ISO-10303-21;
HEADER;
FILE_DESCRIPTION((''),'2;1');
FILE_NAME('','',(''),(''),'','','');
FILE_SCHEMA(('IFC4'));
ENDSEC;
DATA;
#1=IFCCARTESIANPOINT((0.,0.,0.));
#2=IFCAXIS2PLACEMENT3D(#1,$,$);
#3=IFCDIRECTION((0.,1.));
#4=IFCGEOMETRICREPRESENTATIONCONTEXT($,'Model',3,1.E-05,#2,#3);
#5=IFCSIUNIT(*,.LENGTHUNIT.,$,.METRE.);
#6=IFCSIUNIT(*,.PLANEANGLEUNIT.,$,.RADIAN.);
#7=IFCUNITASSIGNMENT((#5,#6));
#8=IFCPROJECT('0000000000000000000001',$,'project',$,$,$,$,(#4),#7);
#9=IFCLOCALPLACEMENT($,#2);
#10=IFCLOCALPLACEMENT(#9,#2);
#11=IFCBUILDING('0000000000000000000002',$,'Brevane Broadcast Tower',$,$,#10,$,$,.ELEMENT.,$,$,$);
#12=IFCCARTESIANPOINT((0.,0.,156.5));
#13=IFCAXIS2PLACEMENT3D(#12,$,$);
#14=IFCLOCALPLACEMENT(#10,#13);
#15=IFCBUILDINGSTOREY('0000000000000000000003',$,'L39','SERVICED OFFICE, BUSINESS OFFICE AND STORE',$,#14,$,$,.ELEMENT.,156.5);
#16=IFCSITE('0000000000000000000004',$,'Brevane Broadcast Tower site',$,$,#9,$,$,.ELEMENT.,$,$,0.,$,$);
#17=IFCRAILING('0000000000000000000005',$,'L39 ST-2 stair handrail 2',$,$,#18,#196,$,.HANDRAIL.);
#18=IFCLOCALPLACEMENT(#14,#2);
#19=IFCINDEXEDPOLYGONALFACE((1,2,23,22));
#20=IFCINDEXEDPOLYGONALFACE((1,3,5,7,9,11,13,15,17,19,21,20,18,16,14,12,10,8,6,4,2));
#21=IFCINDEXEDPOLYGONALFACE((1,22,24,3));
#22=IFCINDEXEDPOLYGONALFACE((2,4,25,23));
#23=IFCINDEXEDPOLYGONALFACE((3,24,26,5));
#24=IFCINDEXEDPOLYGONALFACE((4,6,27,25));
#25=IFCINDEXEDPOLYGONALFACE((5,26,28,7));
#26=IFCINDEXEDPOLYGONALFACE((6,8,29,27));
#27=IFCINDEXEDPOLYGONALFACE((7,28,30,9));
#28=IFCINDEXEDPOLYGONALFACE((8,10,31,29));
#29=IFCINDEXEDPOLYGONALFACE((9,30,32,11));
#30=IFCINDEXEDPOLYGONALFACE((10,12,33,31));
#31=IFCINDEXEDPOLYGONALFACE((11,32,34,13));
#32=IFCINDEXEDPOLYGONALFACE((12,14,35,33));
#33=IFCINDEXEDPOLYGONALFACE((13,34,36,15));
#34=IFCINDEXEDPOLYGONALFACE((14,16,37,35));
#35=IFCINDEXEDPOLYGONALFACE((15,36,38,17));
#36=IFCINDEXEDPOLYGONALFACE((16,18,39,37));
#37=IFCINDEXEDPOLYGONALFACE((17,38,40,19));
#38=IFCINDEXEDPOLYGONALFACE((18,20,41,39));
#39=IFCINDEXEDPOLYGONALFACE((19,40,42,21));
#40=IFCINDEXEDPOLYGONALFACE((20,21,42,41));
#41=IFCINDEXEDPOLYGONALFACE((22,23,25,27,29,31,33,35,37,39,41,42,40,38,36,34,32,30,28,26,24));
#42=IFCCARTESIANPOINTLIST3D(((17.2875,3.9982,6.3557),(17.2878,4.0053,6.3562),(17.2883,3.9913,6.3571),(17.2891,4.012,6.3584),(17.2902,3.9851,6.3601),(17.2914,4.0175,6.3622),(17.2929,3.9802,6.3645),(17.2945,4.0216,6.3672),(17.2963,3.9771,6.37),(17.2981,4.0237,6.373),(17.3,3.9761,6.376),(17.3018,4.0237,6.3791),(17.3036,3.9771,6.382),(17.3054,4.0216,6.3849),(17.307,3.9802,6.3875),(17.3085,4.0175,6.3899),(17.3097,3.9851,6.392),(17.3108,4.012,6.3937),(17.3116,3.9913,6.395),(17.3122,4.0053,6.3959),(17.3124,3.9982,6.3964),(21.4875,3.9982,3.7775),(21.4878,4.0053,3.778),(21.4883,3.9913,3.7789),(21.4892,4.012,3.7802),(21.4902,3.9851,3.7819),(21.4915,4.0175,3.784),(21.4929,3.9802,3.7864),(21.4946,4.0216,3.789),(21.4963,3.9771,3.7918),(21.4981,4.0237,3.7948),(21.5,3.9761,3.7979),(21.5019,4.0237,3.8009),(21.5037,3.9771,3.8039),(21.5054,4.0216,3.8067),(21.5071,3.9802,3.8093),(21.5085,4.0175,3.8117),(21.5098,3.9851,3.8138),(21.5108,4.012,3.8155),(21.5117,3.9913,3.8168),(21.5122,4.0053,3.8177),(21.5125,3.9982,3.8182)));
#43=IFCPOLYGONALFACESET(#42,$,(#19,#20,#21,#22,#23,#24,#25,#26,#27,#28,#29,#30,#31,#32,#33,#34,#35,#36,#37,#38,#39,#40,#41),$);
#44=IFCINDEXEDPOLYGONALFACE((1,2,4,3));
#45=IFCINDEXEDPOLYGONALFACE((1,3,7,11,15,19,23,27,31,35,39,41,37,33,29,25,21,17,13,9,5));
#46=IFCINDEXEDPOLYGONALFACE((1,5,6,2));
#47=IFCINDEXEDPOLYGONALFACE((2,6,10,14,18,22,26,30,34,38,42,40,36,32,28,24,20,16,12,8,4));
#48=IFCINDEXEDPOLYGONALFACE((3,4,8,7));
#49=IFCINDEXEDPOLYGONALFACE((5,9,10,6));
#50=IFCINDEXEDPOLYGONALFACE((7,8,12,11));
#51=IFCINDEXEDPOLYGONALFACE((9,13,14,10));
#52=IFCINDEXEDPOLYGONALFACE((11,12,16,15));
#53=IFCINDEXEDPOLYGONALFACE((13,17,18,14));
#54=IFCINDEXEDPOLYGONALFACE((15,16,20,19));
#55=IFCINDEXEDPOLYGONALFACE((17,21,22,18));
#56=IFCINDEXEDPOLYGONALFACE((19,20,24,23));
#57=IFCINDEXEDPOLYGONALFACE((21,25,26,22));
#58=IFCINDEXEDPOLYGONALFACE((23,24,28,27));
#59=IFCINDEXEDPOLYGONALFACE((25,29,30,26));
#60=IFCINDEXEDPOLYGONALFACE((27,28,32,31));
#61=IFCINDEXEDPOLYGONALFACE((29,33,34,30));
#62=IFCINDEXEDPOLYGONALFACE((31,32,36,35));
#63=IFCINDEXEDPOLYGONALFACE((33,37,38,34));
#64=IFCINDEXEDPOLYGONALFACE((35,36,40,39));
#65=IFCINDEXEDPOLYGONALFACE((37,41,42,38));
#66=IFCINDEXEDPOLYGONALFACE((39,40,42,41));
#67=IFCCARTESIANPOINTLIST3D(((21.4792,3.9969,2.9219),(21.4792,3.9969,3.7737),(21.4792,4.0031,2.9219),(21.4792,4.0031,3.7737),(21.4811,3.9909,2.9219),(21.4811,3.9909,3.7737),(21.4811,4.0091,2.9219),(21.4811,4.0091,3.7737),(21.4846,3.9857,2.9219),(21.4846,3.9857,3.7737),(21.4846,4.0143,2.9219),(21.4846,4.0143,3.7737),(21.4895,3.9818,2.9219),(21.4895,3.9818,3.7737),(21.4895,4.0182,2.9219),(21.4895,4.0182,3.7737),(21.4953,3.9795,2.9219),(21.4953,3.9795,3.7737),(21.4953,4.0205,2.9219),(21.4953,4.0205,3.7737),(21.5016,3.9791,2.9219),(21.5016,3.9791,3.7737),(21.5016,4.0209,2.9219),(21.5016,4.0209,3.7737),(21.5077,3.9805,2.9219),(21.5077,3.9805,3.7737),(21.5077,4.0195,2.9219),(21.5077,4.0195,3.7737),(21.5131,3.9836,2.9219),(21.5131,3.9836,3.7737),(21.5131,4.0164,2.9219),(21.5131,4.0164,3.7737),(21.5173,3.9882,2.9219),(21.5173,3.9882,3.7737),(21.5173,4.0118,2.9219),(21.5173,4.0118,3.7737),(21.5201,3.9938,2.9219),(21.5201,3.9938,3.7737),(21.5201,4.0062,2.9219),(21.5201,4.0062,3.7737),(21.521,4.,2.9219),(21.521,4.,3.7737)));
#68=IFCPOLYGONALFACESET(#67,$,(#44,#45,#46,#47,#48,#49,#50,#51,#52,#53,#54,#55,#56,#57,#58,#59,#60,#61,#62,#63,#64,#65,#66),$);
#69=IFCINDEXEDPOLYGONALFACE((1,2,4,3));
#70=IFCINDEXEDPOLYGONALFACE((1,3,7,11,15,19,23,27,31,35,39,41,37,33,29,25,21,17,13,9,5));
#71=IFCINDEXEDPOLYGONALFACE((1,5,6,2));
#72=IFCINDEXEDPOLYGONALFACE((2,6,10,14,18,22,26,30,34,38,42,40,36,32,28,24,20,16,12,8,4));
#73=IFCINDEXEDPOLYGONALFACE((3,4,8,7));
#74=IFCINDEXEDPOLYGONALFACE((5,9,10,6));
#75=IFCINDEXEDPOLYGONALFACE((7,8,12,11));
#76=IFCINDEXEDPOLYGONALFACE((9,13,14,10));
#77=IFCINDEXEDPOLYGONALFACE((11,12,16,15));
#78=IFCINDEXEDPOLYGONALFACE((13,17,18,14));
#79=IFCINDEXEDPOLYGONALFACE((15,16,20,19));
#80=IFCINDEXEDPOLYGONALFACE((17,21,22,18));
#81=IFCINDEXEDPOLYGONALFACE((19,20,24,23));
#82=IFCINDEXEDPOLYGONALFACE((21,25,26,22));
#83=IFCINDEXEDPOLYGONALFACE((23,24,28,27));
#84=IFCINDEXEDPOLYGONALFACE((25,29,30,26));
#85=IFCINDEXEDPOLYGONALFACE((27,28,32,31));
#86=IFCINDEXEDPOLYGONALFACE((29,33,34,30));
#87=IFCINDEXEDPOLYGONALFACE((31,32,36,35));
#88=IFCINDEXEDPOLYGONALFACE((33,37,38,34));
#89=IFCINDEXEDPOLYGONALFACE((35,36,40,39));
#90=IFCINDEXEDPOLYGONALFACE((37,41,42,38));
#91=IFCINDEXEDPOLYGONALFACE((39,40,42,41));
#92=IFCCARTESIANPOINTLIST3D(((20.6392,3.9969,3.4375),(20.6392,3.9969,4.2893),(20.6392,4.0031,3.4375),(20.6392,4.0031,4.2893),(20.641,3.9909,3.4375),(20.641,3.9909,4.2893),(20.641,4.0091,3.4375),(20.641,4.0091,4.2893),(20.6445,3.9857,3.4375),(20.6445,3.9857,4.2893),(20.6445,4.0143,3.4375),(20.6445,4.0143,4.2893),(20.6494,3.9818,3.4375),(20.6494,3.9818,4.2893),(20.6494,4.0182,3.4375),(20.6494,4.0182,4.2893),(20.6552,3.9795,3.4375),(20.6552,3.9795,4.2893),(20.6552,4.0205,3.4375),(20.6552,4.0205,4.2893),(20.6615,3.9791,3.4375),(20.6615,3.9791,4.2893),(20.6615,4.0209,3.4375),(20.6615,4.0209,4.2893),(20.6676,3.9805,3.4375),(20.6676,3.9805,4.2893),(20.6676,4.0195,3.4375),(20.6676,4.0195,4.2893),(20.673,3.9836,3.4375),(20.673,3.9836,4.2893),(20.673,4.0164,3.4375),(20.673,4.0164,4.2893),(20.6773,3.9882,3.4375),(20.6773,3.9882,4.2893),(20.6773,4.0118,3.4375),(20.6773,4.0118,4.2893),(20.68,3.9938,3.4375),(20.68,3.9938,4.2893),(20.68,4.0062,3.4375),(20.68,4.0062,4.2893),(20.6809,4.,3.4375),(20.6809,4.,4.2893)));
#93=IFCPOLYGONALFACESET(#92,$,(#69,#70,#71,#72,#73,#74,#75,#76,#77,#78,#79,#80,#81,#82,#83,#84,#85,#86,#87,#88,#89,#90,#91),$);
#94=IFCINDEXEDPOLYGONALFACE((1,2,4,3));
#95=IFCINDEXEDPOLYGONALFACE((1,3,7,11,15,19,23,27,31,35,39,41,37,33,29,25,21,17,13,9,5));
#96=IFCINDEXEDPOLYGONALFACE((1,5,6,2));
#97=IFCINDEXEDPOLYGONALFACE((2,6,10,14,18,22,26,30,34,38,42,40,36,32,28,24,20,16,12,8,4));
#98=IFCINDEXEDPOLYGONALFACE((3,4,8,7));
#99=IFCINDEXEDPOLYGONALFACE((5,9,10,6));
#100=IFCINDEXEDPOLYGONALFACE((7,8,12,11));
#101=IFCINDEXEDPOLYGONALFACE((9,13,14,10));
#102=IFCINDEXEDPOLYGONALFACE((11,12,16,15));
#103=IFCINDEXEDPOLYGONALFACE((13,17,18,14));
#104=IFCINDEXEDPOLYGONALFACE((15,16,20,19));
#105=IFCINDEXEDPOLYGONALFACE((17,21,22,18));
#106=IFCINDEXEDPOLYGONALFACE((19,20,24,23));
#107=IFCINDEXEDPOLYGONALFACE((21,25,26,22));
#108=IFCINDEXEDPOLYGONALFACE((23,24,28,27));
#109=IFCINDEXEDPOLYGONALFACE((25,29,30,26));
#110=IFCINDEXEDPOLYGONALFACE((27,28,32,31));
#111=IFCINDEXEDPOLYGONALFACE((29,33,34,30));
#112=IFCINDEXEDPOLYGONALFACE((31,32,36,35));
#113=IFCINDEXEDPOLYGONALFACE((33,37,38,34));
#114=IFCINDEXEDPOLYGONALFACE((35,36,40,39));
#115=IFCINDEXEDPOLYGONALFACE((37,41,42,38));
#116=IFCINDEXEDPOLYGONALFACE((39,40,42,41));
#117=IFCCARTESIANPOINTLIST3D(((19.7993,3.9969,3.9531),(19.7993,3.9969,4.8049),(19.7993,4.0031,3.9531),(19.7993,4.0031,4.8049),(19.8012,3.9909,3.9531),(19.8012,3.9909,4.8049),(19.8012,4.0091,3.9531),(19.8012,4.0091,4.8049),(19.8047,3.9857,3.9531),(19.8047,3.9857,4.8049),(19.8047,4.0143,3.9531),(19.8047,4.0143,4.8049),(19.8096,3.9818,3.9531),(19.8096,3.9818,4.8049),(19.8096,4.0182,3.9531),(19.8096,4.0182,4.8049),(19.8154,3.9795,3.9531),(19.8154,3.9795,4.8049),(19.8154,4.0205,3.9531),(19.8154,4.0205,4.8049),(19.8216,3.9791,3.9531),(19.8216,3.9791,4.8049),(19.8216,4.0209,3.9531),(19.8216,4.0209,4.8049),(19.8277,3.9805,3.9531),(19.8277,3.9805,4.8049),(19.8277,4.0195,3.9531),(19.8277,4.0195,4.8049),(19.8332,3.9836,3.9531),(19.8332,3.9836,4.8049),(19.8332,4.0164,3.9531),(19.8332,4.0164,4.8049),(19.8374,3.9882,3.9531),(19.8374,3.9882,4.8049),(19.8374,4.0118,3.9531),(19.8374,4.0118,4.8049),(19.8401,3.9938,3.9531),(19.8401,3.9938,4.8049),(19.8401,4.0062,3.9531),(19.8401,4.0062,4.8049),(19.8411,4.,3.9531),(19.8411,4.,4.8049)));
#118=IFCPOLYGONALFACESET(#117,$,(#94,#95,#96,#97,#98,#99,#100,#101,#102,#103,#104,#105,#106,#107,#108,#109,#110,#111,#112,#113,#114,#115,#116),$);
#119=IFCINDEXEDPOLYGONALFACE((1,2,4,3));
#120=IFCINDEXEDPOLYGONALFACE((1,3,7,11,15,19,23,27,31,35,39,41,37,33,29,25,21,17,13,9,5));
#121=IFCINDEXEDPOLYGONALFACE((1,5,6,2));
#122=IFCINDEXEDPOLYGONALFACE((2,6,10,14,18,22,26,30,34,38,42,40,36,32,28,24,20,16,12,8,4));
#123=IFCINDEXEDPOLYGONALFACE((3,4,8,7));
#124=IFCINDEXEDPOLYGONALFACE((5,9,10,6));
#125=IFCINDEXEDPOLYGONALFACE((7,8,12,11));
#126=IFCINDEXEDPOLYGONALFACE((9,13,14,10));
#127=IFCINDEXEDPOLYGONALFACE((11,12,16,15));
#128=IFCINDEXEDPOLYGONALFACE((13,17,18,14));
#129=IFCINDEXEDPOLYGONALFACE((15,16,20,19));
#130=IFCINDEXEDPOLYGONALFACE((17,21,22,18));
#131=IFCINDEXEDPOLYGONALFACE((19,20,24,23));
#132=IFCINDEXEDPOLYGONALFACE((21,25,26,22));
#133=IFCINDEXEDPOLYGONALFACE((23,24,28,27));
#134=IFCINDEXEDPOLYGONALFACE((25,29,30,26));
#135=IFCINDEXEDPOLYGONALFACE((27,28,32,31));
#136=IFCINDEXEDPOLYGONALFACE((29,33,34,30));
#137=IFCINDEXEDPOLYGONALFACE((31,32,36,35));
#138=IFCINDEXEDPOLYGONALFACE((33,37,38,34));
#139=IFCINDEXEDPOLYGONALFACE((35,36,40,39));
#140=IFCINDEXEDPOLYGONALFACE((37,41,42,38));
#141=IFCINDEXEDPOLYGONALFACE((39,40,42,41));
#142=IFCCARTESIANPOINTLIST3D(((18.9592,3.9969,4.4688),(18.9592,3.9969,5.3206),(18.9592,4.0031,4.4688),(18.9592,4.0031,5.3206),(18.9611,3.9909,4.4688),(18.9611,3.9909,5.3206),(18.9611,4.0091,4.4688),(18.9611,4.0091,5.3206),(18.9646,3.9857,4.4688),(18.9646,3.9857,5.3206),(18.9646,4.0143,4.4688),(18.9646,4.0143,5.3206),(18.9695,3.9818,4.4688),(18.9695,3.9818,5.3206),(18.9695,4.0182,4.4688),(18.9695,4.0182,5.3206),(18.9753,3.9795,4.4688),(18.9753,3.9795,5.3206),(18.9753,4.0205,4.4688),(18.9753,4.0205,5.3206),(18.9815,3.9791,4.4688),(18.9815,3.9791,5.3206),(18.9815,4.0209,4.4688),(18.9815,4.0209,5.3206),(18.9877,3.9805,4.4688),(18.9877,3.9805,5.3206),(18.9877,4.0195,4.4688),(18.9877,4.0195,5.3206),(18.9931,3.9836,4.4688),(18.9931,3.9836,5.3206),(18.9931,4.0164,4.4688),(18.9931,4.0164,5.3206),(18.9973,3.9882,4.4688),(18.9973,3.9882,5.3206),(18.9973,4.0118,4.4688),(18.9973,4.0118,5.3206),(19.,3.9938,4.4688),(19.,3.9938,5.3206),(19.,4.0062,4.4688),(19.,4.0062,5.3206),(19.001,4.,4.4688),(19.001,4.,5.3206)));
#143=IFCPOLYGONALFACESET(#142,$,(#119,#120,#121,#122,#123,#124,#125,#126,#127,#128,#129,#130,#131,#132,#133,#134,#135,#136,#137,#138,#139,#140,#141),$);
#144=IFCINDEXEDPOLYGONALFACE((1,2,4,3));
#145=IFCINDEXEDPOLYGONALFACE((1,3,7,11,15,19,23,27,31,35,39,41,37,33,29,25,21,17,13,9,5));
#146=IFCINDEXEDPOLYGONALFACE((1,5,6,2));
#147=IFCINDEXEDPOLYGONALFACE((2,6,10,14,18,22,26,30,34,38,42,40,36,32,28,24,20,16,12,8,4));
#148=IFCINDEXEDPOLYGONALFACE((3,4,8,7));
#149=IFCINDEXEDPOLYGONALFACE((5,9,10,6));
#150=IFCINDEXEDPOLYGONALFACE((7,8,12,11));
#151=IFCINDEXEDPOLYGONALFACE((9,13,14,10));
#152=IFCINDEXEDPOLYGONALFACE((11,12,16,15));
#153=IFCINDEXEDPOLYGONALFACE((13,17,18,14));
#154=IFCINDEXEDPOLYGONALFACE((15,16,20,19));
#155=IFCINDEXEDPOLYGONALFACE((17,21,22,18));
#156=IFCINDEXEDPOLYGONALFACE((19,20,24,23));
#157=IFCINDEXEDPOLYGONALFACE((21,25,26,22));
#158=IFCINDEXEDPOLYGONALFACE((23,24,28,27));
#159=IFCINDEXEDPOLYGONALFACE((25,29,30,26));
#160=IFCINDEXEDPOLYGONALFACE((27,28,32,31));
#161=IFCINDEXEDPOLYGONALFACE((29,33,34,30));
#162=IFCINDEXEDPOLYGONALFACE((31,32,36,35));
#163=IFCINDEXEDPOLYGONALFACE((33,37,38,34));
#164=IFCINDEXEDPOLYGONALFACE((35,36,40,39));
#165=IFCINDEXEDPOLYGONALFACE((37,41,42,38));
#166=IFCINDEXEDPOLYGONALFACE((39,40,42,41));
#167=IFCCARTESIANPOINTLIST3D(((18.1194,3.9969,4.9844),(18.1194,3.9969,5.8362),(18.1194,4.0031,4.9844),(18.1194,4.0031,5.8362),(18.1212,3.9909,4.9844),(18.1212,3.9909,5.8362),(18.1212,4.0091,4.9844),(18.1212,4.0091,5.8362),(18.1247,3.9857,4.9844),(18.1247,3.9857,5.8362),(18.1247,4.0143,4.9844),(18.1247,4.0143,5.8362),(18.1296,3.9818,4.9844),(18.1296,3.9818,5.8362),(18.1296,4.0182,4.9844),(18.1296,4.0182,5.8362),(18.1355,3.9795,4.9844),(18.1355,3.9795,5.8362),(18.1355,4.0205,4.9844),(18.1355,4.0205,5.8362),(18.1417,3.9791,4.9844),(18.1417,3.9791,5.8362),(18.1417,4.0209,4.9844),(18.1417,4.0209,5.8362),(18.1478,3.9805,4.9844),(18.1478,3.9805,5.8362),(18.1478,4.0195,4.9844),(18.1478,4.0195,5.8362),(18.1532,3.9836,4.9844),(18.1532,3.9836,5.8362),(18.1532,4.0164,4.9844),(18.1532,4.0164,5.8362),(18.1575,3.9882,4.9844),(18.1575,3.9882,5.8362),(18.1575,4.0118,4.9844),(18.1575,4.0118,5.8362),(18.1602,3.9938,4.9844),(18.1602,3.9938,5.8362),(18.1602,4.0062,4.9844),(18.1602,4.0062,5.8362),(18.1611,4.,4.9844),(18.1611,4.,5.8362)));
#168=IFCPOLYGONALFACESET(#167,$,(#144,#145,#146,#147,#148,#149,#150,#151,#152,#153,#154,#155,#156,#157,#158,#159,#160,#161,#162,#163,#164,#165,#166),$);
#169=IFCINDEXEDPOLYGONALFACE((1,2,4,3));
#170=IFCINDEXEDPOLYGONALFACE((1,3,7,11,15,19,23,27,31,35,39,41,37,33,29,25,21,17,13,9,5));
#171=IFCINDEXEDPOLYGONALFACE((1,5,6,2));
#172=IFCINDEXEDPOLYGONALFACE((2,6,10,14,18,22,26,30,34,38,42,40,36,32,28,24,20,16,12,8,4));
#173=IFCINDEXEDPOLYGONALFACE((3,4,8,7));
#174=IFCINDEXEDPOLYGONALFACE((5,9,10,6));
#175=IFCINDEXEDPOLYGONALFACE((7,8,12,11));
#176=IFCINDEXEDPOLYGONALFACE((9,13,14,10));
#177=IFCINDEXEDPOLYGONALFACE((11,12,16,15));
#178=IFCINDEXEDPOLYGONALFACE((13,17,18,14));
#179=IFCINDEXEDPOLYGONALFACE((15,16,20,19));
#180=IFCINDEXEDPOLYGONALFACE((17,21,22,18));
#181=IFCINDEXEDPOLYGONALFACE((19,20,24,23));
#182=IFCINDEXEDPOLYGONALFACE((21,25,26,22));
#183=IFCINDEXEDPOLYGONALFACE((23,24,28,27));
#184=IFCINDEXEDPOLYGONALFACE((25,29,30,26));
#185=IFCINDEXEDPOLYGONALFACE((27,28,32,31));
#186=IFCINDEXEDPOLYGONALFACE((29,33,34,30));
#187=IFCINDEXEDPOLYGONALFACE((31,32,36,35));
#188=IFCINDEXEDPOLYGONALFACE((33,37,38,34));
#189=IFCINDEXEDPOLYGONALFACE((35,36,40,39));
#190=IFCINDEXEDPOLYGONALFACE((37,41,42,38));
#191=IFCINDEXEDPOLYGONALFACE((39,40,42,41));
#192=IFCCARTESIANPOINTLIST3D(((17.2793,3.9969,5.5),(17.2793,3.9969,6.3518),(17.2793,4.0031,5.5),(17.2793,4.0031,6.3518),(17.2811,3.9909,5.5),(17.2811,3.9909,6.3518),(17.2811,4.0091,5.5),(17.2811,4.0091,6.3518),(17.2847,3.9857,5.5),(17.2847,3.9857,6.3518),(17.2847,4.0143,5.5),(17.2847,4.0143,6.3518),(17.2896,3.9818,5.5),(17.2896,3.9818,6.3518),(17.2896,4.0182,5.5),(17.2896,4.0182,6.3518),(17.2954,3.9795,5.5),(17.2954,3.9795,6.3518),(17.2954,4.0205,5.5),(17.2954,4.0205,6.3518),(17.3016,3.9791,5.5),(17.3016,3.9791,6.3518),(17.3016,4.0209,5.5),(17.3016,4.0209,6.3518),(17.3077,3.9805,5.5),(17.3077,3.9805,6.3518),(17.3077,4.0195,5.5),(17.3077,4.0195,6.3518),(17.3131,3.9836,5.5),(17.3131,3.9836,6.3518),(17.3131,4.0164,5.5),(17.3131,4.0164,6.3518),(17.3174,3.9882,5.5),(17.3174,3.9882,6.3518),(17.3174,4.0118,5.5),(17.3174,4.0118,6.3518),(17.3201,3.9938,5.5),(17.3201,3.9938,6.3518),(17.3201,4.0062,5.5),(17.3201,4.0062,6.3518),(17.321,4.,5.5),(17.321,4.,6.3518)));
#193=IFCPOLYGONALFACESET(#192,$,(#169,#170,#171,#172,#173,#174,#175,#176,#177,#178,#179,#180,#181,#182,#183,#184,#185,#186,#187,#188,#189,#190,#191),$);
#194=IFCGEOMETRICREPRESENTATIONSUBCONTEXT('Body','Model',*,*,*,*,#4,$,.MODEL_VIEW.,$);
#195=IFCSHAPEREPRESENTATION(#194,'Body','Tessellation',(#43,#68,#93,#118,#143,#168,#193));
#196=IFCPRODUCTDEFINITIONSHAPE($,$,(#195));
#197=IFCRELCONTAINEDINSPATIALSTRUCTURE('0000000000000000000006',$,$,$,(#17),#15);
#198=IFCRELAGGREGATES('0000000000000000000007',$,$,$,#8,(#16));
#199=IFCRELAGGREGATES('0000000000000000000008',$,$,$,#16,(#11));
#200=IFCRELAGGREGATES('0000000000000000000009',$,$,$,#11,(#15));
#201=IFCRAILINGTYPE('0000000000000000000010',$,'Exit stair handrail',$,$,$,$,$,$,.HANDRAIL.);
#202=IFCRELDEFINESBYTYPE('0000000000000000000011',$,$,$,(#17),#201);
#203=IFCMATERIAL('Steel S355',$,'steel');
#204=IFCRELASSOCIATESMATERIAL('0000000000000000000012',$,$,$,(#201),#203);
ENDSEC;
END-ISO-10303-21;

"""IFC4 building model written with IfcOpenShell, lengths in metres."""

from ifc_helpers import new_model, si_unit, direction, frame, origin, origin_2d, place, context, subcontext, project, spatial, circle, extrude, material, type_object, element, save


model = new_model("IFC4")

# Units and contexts
model_context = context("Model", 3, precision=1e-05, world=origin(), true_north=direction((0.0, 1.0)))
body_context = subcontext(model_context, "Body", "Model", "MODEL_VIEW")
ifc_project = project(units=[si_unit("LENGTHUNIT", "METRE"), si_unit("PLANEANGLEUNIT", "RADIAN")], contexts=[model_context])

# Site, building, storey
site_placement = place(None, origin())
site = spatial("IfcSite", under=ifc_project, at=site_placement, Name="Brevane Broadcast Tower site", CompositionType="ELEMENT", RefElevation=0.0)
building_placement = place(site_placement, origin())
building = spatial("IfcBuilding", under=site, at=building_placement, Name="Brevane Broadcast Tower", CompositionType="ELEMENT")
storey_placement = place(building_placement, frame((0.0, 0.0, 156.5)))
storey = spatial("IfcBuildingStorey", under=building, at=storey_placement, Name="L39", Description="SERVICED OFFICE, BUSINESS OFFICE AND STORE", CompositionType="ELEMENT", Elevation=156.5)

# Railing
ifc_material_1 = material(Name="Steel S355", Category="steel")
railing_type_1 = type_object("IfcRailingType", Name="Exit stair handrail", PredefinedType="HANDRAIL", material=ifc_material_1)
railing_1_placement = place(storey_placement, frame((21.5, 4.0, 2.9219)))
element("IfcRailing", 1, at=railing_1_placement, inside=storey, type_object=railing_type_1, Name="L39 ST-2 stair handrail 2", PredefinedType="HANDRAIL", context=body_context, shape_type="SweptSolid", body=[
    extrude(circle(Radius=0.0239, at=origin_2d()), frame((0.0, 0.0, 0.876), z_axis=(-0.852243, 0.0, 0.523146), x_axis=(0.0, -1.0, 0.0)), (0.0, 0.0, 1.0), 4.9282),
    extrude(circle(Radius=0.021, at=origin_2d()), origin(), (0.0, 0.0, 1.0), 0.8518),
    extrude(circle(Radius=0.021, at=origin_2d()), frame((-0.8401, 0.0, 0.5156)), (0.0, 0.0, 1.0), 0.8518),
    extrude(circle(Radius=0.021, at=origin_2d()), frame((-1.6799, 0.0, 1.0312)), (0.0, 0.0, 1.0), 0.8518),
    extrude(circle(Radius=0.021, at=origin_2d()), frame((-2.52, 0.0, 1.5469)), (0.0, 0.0, 1.0), 0.8518),
    extrude(circle(Radius=0.021, at=origin_2d()), frame((-3.3599, 0.0, 2.0625)), (0.0, 0.0, 1.0), 0.8518),
    extrude(circle(Radius=0.021, at=origin_2d()), frame((-4.2, 0.0, 2.5781)), (0.0, 0.0, 1.0), 0.8518),
])

save(model, "model.ifc")
